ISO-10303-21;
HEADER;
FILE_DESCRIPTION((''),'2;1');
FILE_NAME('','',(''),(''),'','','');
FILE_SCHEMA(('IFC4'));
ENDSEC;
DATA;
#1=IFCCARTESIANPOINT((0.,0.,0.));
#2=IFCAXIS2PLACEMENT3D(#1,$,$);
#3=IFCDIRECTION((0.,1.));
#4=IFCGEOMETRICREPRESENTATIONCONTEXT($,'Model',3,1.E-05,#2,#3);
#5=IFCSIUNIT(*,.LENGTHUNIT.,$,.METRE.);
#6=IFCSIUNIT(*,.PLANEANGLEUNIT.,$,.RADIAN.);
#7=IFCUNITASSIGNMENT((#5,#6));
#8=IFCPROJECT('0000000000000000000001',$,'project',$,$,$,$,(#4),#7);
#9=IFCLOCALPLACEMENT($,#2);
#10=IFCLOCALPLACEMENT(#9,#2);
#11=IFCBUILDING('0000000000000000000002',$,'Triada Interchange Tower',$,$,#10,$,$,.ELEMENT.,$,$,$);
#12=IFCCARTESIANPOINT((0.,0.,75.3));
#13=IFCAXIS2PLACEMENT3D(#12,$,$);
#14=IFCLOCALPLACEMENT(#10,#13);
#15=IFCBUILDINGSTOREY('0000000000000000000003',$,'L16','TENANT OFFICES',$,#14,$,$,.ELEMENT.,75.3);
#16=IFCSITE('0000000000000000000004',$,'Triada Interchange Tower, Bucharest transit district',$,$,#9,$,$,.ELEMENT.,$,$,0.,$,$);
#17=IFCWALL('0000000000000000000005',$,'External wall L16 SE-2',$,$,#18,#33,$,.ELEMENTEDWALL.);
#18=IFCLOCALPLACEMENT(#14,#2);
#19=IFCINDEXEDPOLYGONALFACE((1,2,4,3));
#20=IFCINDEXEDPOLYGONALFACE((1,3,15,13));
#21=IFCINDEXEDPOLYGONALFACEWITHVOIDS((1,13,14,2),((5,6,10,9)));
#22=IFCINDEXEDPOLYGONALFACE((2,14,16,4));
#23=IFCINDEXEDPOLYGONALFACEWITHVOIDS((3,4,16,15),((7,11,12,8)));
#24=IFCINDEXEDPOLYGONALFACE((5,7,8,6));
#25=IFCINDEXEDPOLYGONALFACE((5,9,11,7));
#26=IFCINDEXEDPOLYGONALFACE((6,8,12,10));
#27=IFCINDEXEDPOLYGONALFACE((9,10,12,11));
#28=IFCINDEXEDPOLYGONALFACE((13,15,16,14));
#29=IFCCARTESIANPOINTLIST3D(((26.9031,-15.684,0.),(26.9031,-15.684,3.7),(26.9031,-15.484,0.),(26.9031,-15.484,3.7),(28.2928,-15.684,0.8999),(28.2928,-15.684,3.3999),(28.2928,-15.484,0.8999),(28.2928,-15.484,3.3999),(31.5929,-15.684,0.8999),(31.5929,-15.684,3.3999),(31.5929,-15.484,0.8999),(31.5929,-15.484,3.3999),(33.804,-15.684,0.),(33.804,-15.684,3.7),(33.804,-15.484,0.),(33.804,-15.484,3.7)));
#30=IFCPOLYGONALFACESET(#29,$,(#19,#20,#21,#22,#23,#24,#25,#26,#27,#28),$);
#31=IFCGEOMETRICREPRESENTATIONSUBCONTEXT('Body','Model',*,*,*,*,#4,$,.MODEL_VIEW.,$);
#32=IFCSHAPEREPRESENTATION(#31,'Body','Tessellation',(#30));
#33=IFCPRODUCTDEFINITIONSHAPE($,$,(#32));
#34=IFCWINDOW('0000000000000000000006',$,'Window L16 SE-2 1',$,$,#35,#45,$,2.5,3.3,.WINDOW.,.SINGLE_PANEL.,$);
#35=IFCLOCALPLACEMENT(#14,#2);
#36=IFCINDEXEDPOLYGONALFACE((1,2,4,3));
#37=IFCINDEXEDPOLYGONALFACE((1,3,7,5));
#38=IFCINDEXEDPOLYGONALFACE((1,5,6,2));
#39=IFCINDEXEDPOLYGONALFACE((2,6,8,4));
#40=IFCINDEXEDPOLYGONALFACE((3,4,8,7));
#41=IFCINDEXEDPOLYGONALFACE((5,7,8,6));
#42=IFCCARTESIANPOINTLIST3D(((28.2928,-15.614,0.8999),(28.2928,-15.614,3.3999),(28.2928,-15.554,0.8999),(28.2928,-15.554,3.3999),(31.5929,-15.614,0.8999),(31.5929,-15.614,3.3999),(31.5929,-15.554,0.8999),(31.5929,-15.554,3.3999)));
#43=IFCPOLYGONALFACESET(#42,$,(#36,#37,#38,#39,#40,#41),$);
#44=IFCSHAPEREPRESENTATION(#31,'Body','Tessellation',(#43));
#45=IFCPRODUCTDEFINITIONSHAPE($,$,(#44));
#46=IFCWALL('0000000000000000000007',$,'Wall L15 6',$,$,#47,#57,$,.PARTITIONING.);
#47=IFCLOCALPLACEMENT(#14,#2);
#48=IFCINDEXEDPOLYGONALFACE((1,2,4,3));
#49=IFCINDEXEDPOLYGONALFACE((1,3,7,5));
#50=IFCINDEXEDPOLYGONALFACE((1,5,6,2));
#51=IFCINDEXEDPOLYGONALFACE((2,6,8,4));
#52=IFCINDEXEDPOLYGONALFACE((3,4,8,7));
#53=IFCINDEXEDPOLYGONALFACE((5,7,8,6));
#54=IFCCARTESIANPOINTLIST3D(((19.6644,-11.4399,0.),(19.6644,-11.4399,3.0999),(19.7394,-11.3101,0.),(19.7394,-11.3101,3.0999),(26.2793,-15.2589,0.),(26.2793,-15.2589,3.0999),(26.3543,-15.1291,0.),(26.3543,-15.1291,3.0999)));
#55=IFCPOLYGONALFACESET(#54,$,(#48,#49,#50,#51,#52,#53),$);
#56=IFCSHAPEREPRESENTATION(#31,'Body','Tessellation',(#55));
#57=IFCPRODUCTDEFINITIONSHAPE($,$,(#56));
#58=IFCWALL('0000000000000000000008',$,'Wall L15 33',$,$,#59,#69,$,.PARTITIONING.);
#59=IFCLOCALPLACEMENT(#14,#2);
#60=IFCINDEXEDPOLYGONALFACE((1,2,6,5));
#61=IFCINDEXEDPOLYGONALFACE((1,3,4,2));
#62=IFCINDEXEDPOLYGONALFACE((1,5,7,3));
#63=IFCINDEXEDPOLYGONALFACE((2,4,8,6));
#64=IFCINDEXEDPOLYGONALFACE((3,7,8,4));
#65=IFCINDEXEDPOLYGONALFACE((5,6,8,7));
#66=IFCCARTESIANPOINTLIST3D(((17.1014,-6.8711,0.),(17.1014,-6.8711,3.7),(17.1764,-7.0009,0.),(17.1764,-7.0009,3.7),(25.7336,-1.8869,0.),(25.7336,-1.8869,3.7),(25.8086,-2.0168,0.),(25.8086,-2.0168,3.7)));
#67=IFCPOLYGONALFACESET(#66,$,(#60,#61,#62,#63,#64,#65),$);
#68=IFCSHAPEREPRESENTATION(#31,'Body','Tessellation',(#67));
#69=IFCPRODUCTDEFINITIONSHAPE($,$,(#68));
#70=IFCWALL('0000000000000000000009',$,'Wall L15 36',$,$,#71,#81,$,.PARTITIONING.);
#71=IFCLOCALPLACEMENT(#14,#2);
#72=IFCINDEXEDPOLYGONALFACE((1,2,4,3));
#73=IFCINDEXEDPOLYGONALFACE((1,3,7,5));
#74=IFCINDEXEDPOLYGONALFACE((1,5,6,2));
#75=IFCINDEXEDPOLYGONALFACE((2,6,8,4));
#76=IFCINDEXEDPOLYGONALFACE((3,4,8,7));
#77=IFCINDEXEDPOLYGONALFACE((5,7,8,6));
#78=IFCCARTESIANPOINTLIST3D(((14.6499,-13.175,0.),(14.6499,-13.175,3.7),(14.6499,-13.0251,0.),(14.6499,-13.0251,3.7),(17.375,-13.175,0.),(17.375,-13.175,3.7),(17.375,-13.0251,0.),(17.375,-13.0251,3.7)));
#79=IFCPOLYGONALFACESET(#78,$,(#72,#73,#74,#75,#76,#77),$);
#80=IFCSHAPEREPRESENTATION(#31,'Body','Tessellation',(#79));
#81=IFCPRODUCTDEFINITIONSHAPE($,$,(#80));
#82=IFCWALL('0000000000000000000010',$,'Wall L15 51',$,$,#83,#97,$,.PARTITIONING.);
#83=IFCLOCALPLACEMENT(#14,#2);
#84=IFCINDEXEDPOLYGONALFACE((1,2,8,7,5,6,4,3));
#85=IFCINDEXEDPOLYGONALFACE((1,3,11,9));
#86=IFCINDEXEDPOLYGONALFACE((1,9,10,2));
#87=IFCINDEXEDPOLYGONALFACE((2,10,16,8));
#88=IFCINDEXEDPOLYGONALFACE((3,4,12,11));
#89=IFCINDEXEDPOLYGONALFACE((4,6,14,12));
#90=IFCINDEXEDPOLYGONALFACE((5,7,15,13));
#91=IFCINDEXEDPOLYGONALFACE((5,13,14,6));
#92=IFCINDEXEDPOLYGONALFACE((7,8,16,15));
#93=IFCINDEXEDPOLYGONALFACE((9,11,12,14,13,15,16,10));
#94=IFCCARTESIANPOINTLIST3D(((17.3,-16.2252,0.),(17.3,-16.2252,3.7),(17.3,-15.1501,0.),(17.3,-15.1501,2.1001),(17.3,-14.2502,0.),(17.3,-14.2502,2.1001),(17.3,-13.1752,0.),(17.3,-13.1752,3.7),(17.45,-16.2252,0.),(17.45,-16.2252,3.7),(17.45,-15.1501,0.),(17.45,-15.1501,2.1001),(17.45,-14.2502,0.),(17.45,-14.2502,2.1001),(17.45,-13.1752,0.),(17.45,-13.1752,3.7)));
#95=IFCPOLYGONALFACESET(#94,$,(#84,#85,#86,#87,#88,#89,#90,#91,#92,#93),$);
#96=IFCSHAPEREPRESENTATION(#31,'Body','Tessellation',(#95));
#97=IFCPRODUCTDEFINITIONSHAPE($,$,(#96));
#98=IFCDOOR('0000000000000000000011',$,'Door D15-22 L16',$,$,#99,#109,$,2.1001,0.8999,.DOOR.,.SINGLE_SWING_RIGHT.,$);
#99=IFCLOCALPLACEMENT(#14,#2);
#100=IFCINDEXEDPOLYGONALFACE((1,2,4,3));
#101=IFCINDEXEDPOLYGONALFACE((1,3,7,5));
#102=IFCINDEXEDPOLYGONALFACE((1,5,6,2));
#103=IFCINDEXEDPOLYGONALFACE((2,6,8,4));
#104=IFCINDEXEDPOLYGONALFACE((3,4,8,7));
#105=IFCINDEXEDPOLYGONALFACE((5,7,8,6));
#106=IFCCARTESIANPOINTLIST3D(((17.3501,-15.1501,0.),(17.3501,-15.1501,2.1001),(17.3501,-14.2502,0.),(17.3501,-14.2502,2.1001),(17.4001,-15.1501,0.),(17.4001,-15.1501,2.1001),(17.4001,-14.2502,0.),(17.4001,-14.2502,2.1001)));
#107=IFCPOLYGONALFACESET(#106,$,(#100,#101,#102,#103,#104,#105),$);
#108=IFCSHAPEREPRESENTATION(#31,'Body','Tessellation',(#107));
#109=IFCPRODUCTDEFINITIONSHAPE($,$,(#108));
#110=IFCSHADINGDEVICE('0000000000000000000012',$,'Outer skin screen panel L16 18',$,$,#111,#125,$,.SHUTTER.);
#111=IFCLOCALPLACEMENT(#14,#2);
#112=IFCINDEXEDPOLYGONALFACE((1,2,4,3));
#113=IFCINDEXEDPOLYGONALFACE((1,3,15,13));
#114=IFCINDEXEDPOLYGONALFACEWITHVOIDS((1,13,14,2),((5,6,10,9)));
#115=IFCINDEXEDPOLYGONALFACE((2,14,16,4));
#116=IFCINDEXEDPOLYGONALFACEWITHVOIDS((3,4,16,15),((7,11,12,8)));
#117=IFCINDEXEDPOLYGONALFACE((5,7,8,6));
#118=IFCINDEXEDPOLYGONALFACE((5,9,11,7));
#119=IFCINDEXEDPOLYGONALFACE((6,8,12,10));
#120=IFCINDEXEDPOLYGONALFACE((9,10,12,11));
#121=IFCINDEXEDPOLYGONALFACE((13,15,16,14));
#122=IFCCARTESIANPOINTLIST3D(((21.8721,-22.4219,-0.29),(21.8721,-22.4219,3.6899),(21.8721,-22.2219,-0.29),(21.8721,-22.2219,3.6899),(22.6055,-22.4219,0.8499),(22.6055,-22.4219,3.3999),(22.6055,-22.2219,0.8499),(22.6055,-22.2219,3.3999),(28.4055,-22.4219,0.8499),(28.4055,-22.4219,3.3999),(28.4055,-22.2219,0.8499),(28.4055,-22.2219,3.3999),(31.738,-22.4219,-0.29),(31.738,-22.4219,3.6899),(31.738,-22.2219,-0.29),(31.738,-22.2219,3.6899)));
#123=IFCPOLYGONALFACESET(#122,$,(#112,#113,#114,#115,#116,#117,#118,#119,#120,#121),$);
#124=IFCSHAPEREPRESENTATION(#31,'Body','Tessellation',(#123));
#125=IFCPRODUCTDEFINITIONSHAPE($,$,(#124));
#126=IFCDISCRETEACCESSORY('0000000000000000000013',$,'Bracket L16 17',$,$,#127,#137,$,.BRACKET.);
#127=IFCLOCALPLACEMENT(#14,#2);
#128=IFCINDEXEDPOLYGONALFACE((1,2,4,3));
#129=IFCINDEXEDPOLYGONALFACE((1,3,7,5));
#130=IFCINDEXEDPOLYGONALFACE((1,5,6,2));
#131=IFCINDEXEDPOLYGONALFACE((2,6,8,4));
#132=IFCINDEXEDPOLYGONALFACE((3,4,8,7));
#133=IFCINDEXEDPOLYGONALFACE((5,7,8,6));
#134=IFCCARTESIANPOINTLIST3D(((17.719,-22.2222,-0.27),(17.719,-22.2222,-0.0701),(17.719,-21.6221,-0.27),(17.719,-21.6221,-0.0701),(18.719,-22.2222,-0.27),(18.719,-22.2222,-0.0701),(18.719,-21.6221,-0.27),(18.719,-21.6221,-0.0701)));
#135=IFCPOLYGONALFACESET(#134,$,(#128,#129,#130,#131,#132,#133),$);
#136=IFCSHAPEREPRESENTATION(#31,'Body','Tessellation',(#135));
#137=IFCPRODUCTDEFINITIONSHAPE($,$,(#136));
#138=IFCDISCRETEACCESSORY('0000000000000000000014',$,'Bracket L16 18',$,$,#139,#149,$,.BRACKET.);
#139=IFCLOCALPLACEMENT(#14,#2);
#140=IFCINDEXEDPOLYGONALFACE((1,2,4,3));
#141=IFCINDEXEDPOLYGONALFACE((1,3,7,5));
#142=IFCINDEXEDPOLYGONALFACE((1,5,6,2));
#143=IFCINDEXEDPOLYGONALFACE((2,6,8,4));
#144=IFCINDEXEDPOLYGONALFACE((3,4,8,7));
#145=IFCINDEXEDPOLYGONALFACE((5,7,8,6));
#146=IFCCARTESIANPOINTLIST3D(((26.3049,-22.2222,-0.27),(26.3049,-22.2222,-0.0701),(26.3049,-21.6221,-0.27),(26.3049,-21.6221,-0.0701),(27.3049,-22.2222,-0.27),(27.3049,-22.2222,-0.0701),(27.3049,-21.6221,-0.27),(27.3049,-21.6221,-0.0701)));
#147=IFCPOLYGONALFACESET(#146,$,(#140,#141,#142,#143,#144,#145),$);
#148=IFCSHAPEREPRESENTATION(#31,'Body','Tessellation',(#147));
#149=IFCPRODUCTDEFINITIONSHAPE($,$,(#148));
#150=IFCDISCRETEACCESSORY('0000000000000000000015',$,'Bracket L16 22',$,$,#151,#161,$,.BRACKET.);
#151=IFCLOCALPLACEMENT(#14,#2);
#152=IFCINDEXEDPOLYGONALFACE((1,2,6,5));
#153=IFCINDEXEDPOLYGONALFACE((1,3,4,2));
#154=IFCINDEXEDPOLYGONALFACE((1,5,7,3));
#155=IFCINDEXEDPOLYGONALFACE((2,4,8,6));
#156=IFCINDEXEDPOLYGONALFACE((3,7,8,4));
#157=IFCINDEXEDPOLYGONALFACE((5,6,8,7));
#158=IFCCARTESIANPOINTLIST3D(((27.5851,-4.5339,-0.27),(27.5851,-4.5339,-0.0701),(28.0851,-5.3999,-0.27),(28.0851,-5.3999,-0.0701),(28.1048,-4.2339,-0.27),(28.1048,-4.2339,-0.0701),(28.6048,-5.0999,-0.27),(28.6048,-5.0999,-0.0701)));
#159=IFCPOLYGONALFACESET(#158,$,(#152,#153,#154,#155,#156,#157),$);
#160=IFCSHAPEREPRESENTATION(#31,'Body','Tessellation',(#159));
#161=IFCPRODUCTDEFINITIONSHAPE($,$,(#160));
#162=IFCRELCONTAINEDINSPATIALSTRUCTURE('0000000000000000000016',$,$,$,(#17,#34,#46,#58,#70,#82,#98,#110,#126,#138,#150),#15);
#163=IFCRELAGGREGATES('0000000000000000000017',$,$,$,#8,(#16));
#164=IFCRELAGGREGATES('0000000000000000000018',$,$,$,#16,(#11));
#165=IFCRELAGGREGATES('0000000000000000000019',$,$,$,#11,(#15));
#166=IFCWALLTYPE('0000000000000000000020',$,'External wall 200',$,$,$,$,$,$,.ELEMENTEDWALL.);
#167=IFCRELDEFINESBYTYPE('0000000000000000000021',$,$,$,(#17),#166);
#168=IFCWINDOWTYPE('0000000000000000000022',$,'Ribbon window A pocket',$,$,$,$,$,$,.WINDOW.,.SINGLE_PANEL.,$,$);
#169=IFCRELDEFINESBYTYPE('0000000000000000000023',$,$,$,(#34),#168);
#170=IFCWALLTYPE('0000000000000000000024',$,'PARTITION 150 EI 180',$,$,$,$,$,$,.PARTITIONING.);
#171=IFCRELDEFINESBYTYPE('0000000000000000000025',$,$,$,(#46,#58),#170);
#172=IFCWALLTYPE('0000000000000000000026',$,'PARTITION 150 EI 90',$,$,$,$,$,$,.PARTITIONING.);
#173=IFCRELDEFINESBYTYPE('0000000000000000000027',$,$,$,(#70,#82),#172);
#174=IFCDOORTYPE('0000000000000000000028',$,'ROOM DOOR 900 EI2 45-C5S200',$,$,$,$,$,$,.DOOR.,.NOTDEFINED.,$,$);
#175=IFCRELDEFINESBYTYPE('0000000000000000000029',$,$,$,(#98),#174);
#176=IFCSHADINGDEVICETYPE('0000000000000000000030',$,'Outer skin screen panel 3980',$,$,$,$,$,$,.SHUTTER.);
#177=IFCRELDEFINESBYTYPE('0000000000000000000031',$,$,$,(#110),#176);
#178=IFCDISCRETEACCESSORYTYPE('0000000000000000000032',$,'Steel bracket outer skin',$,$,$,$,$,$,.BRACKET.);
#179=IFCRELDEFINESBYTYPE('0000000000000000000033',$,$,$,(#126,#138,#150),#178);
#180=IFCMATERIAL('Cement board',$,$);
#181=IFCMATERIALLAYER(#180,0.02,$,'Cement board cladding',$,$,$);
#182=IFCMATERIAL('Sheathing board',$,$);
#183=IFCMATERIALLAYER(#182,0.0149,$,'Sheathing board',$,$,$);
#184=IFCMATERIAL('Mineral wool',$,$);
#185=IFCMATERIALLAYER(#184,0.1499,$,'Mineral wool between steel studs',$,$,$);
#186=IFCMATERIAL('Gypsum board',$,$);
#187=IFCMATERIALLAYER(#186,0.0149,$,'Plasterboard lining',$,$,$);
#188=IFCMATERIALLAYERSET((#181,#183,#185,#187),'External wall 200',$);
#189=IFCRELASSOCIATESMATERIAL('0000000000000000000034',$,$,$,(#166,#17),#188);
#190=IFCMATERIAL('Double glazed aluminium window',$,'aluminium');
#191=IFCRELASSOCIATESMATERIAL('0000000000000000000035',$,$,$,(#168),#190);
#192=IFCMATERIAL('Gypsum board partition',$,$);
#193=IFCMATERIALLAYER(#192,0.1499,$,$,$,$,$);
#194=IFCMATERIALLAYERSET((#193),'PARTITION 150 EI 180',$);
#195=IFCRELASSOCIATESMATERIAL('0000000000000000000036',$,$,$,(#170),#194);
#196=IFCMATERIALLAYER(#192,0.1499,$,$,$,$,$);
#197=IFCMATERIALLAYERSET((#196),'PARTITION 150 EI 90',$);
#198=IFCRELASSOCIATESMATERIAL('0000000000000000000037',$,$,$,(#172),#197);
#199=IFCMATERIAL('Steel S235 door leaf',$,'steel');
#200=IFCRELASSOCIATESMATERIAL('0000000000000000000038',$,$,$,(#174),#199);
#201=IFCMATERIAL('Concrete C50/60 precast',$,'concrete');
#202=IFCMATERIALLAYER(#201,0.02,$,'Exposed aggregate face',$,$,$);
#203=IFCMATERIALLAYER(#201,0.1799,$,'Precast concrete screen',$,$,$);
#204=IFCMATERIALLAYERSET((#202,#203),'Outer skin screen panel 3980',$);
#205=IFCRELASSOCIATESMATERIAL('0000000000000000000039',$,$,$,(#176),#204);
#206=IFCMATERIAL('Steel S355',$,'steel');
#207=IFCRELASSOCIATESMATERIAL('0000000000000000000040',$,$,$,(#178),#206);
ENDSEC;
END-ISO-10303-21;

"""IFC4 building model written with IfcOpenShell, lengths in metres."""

from ifc_helpers import new_model, si_unit, direction, frame, frame_2d, origin, origin_2d, place, context, subcontext, project, spatial, polyline, rectangle, outline, extrude, material, layer, layer_set, layer_usage, type_object, element, fill, save


model = new_model("IFC4")

# Units and contexts
model_context = context("Model", 3, precision=1e-05, world=origin(), true_north=direction((0.0, 1.0)))
body_context = subcontext(model_context, "Body", "Model", "MODEL_VIEW")
ifc_project = project(units=[si_unit("LENGTHUNIT", "METRE"), si_unit("PLANEANGLEUNIT", "RADIAN")], contexts=[model_context])

# Site, building, storey
site_placement = place(None, origin())
site = spatial("IfcSite", under=ifc_project, at=site_placement, Name="Triada Interchange Tower, Bucharest transit district", CompositionType="ELEMENT", RefElevation=0.0)
building_placement = place(site_placement, origin())
building = spatial("IfcBuilding", under=site, at=building_placement, Name="Triada Interchange Tower", CompositionType="ELEMENT")
storey_placement = place(building_placement, frame((0.0, 0.0, 75.3)))
storey = spatial("IfcBuildingStorey", under=building, at=storey_placement, Name="L16", Description="TENANT OFFICES", CompositionType="ELEMENT", Elevation=75.3)

# Wall, opening, window
ifc_material_1 = material(Name="Cement board")
ifc_layer_1 = layer(ifc_material_1, 0.02, Name="Cement board cladding")
ifc_material_2 = material(Name="Sheathing board")
ifc_layer_2 = layer(ifc_material_2, 0.0149, Name="Sheathing board")
ifc_material_3 = material(Name="Mineral wool")
ifc_layer_3 = layer(ifc_material_3, 0.1499, Name="Mineral wool between steel studs")
ifc_material_4 = material(Name="Gypsum board")
ifc_layer_4 = layer(ifc_material_4, 0.0149, Name="Plasterboard lining")
ifc_layer_set_1 = layer_set([ifc_layer_1, ifc_layer_2, ifc_layer_3, ifc_layer_4], Name="External wall 200")
ifc_layer_usage = layer_usage(ifc_layer_set_1, "AXIS2", "POSITIVE", -0.1001)
wall_type_1 = type_object("IfcWallType", Name="External wall 200", PredefinedType="ELEMENTEDWALL", material=ifc_layer_set_1)
wall_1_placement = place(storey_placement, frame((26.9031, -15.584, 0.0), z_axis=(0.0, 0.0, 1.0), x_axis=(1.0, 0.0, 0.0)))
wall_1 = element("IfcWall", 1, at=wall_1_placement, inside=storey, type_object=wall_type_1, material=ifc_layer_usage, Name="External wall L16 SE-2", PredefinedType="ELEMENTEDWALL", context=body_context, shape_type="SweptSolid", body=[
    extrude(rectangle(XDim=6.9009, YDim=0.2, at=frame_2d((3.4504, 0.0))), origin(), (0.0, 0.0, 1.0), 3.7),
])
opening_1_placement = place(wall_1_placement, frame((1.3899, 0.0, 0.8999)))
opening_1 = element("IfcOpeningElement", 2, at=opening_1_placement, cuts=wall_1, PredefinedType="OPENING", context=body_context, shape_type="SweptSolid", body=[
    extrude(rectangle(XDim=3.3, YDim=2.5, at=frame_2d((1.6499, 1.25))), frame((0.0, 0.1099, 0.0), z_axis=(0.0, -1.0, 0.0), x_axis=(1.0, 0.0, 0.0)), (0.0, 0.0, 1.0), 0.22),
])
ifc_material_5 = material(Name="Double glazed aluminium window", Category="aluminium")
window_type = type_object("IfcWindowType", Name="Ribbon window A pocket", PartitioningType="SINGLE_PANEL", PredefinedType="WINDOW", material=ifc_material_5)
window_placement = place(opening_1_placement, origin())
window = element("IfcWindow", 3, at=window_placement, inside=storey, type_object=window_type, Name="Window L16 SE-2 1", OverallHeight=2.5, OverallWidth=3.3, PartitioningType="SINGLE_PANEL", PredefinedType="WINDOW", context=body_context, shape_type="SweptSolid", body=[
    extrude(rectangle(XDim=3.3, YDim=2.5, at=frame_2d((1.6499, 1.25))), frame((0.0, 0.03, 0.0), z_axis=(0.0, -1.0, 0.0), x_axis=(1.0, 0.0, 0.0)), (0.0, 0.0, 1.0), 0.0601),
])
fill(opening_1, window)

# Walls
ifc_material_6 = material(Name="Gypsum board partition")
ifc_layer_5 = layer(ifc_material_6, 0.1499)
ifc_layer_set_2 = layer_set([ifc_layer_5], Name="PARTITION 150 EI 180")
wall_type_2 = type_object("IfcWallType", Name="PARTITION 150 EI 180", PredefinedType="PARTITIONING", material=ifc_layer_set_2)
wall_2_placement = place(storey_placement, frame((19.7019, -11.375, 0.0), z_axis=(0.0, 0.0, 1.0), x_axis=(0.86603, -0.499993, 0.0)))
element("IfcWall", 4, at=wall_2_placement, inside=storey, type_object=wall_type_2, Name="Wall L15 6", PredefinedType="PARTITIONING", context=body_context, shape_type="SweptSolid", body=[
    extrude(rectangle(XDim=7.6382, YDim=0.1499, at=frame_2d((3.8191, 0.0))), origin(), (0.0, 0.0, 1.0), 3.0999),
])
wall_3_placement = place(storey_placement, frame((17.1389, -6.936, 0.0), z_axis=(0.0, 0.0, 1.0), x_axis=(0.866008, 0.50003, 0.0)))
element("IfcWall", 5, at=wall_3_placement, inside=storey, type_object=wall_type_2, Name="Wall L15 33", PredefinedType="PARTITIONING", context=body_context, shape_type="SweptSolid", body=[
    extrude(rectangle(XDim=9.9678, YDim=0.1499, at=frame_2d((4.9839, 0.0))), origin(), (0.0, 0.0, 1.0), 3.7),
])
ifc_layer_6 = layer(ifc_material_6, 0.1499)
ifc_layer_set_3 = layer_set([ifc_layer_6], Name="PARTITION 150 EI 90")
wall_type_3 = type_object("IfcWallType", Name="PARTITION 150 EI 90", PredefinedType="PARTITIONING", material=ifc_layer_set_3)
wall_4_placement = place(storey_placement, frame((14.6499, -13.1001, 0.0), z_axis=(0.0, 0.0, 1.0), x_axis=(1.0, 0.0, 0.0)))
element("IfcWall", 6, at=wall_4_placement, inside=storey, type_object=wall_type_3, Name="Wall L15 36", PredefinedType="PARTITIONING", context=body_context, shape_type="SweptSolid", body=[
    extrude(rectangle(XDim=2.7251, YDim=0.1499, at=frame_2d((1.3625, 0.0))), origin(), (0.0, 0.0, 1.0), 3.7),
])

# Wall, opening, door
wall_5_placement = place(storey_placement, frame((17.375, -16.2251, 0.0), z_axis=(0.0, 0.0, 1.0), x_axis=(0.0, 1.0, 0.0)))
wall_5 = element("IfcWall", 7, at=wall_5_placement, inside=storey, type_object=wall_type_3, Name="Wall L15 51", PredefinedType="PARTITIONING", context=body_context, shape_type="SweptSolid", body=[
    extrude(rectangle(XDim=3.05, YDim=0.1499, at=frame_2d((1.5249, 0.0))), origin(), (0.0, 0.0, 1.0), 3.7),
])
opening_2_placement = place(wall_5_placement, frame((1.075, 0.0, 0.0)))
opening_2 = element("IfcOpeningElement", 8, at=opening_2_placement, cuts=wall_5, PredefinedType="OPENING", context=body_context, shape_type="SweptSolid", body=[
    extrude(rectangle(XDim=0.8999, YDim=2.1001, at=frame_2d((0.45, 1.05))), frame((0.0, 0.085, 0.0), z_axis=(0.0, -1.0, 0.0), x_axis=(1.0, 0.0, 0.0)), (0.0, 0.0, 1.0), 0.1699),
])
ifc_material_7 = material(Name="Steel S235 door leaf", Category="steel")
door_type = type_object("IfcDoorType", Name="ROOM DOOR 900 EI2 45-C5S200", OperationType="NOTDEFINED", PredefinedType="DOOR", material=ifc_material_7)
door_placement = place(opening_2_placement, origin())
door = element("IfcDoor", 9, at=door_placement, inside=storey, type_object=door_type, Name="Door D15-22 L16", OperationType="SINGLE_SWING_RIGHT", OverallHeight=2.1001, OverallWidth=0.8999, PredefinedType="DOOR", context=body_context, shape_type="SweptSolid", body=[
    extrude(rectangle(XDim=0.8999, YDim=2.1001, at=frame_2d((0.45, 1.05))), frame((0.0, 0.0249, 0.0), z_axis=(0.0, -1.0, 0.0), x_axis=(1.0, 0.0, 0.0)), (0.0, 0.0, 1.0), 0.05),
])
fill(opening_2, door)

# Shading device
ifc_material_8 = material(Name="Concrete C50/60 precast", Category="concrete")
ifc_layer_7 = layer(ifc_material_8, 0.02, Name="Exposed aggregate face")
ifc_layer_8 = layer(ifc_material_8, 0.1799, Name="Precast concrete screen")
ifc_layer_set_4 = layer_set([ifc_layer_7, ifc_layer_8], Name="Outer skin screen panel 3980")
shading_device_type = type_object("IfcShadingDeviceType", Name="Outer skin screen panel 3980", PredefinedType="SHUTTER", material=ifc_layer_set_4)
shading_device_placement = place(storey_placement, frame((21.8721, -22.2219, -0.29), z_axis=(0.0, 0.0, 1.0), x_axis=(1.0, 0.0, 0.0)))
element("IfcShadingDevice", 10, at=shading_device_placement, inside=storey, type_object=shading_device_type, Name="Outer skin screen panel L16 18", PredefinedType="SHUTTER", context=body_context, shape_type="SweptSolid", body=[
    extrude(outline(polyline([(0.0, 0.0), (9.866, 0.0), (9.866, 3.98), (0.0, 3.98), (0.0, 0.0)]), holes=[polyline([(0.7334, 1.1399), (0.7334, 3.6899), (6.5334, 3.6899), (6.5334, 1.1399), (0.7334, 1.1399)])]), frame((0.0, 0.0, 0.0), z_axis=(0.0, -1.0, 0.0), x_axis=(1.0, 0.0, 0.0)), (0.0, 0.0, 1.0), 0.2),
])

# Discrete accessories
ifc_material_9 = material(Name="Steel S355", Category="steel")
discrete_accessory_type = type_object("IfcDiscreteAccessoryType", Name="Steel bracket outer skin", PredefinedType="BRACKET", material=ifc_material_9)
for number, where, z_axis, x_axis, name in (
    (11, (18.219, -21.9221, -0.27), (0.0, 0.0, 1.0), (0.0, -1.0, 0.0), "Bracket L16 17"),
    (12, (26.8049, -21.9221, -0.27), (0.0, 0.0, 1.0), (0.0, -1.0, 0.0), "Bracket L16 18"),
    (13, (28.095, -4.8169, -0.27), (0.0, 0.0, 1.0), (0.866027, 0.499997, 0.0), "Bracket L16 22"),
):
    element("IfcDiscreteAccessory", number, at=place(storey_placement, frame(where, z_axis=z_axis, x_axis=x_axis)), inside=storey, type_object=discrete_accessory_type, Name=name, PredefinedType="BRACKET", context=body_context, shape_type="SweptSolid", body=[
        extrude(rectangle(XDim=0.6001, YDim=1.0, at=origin_2d()), origin(), (0.0, 0.0, 1.0), 0.2),
    ])

save(model, "model.ifc")
